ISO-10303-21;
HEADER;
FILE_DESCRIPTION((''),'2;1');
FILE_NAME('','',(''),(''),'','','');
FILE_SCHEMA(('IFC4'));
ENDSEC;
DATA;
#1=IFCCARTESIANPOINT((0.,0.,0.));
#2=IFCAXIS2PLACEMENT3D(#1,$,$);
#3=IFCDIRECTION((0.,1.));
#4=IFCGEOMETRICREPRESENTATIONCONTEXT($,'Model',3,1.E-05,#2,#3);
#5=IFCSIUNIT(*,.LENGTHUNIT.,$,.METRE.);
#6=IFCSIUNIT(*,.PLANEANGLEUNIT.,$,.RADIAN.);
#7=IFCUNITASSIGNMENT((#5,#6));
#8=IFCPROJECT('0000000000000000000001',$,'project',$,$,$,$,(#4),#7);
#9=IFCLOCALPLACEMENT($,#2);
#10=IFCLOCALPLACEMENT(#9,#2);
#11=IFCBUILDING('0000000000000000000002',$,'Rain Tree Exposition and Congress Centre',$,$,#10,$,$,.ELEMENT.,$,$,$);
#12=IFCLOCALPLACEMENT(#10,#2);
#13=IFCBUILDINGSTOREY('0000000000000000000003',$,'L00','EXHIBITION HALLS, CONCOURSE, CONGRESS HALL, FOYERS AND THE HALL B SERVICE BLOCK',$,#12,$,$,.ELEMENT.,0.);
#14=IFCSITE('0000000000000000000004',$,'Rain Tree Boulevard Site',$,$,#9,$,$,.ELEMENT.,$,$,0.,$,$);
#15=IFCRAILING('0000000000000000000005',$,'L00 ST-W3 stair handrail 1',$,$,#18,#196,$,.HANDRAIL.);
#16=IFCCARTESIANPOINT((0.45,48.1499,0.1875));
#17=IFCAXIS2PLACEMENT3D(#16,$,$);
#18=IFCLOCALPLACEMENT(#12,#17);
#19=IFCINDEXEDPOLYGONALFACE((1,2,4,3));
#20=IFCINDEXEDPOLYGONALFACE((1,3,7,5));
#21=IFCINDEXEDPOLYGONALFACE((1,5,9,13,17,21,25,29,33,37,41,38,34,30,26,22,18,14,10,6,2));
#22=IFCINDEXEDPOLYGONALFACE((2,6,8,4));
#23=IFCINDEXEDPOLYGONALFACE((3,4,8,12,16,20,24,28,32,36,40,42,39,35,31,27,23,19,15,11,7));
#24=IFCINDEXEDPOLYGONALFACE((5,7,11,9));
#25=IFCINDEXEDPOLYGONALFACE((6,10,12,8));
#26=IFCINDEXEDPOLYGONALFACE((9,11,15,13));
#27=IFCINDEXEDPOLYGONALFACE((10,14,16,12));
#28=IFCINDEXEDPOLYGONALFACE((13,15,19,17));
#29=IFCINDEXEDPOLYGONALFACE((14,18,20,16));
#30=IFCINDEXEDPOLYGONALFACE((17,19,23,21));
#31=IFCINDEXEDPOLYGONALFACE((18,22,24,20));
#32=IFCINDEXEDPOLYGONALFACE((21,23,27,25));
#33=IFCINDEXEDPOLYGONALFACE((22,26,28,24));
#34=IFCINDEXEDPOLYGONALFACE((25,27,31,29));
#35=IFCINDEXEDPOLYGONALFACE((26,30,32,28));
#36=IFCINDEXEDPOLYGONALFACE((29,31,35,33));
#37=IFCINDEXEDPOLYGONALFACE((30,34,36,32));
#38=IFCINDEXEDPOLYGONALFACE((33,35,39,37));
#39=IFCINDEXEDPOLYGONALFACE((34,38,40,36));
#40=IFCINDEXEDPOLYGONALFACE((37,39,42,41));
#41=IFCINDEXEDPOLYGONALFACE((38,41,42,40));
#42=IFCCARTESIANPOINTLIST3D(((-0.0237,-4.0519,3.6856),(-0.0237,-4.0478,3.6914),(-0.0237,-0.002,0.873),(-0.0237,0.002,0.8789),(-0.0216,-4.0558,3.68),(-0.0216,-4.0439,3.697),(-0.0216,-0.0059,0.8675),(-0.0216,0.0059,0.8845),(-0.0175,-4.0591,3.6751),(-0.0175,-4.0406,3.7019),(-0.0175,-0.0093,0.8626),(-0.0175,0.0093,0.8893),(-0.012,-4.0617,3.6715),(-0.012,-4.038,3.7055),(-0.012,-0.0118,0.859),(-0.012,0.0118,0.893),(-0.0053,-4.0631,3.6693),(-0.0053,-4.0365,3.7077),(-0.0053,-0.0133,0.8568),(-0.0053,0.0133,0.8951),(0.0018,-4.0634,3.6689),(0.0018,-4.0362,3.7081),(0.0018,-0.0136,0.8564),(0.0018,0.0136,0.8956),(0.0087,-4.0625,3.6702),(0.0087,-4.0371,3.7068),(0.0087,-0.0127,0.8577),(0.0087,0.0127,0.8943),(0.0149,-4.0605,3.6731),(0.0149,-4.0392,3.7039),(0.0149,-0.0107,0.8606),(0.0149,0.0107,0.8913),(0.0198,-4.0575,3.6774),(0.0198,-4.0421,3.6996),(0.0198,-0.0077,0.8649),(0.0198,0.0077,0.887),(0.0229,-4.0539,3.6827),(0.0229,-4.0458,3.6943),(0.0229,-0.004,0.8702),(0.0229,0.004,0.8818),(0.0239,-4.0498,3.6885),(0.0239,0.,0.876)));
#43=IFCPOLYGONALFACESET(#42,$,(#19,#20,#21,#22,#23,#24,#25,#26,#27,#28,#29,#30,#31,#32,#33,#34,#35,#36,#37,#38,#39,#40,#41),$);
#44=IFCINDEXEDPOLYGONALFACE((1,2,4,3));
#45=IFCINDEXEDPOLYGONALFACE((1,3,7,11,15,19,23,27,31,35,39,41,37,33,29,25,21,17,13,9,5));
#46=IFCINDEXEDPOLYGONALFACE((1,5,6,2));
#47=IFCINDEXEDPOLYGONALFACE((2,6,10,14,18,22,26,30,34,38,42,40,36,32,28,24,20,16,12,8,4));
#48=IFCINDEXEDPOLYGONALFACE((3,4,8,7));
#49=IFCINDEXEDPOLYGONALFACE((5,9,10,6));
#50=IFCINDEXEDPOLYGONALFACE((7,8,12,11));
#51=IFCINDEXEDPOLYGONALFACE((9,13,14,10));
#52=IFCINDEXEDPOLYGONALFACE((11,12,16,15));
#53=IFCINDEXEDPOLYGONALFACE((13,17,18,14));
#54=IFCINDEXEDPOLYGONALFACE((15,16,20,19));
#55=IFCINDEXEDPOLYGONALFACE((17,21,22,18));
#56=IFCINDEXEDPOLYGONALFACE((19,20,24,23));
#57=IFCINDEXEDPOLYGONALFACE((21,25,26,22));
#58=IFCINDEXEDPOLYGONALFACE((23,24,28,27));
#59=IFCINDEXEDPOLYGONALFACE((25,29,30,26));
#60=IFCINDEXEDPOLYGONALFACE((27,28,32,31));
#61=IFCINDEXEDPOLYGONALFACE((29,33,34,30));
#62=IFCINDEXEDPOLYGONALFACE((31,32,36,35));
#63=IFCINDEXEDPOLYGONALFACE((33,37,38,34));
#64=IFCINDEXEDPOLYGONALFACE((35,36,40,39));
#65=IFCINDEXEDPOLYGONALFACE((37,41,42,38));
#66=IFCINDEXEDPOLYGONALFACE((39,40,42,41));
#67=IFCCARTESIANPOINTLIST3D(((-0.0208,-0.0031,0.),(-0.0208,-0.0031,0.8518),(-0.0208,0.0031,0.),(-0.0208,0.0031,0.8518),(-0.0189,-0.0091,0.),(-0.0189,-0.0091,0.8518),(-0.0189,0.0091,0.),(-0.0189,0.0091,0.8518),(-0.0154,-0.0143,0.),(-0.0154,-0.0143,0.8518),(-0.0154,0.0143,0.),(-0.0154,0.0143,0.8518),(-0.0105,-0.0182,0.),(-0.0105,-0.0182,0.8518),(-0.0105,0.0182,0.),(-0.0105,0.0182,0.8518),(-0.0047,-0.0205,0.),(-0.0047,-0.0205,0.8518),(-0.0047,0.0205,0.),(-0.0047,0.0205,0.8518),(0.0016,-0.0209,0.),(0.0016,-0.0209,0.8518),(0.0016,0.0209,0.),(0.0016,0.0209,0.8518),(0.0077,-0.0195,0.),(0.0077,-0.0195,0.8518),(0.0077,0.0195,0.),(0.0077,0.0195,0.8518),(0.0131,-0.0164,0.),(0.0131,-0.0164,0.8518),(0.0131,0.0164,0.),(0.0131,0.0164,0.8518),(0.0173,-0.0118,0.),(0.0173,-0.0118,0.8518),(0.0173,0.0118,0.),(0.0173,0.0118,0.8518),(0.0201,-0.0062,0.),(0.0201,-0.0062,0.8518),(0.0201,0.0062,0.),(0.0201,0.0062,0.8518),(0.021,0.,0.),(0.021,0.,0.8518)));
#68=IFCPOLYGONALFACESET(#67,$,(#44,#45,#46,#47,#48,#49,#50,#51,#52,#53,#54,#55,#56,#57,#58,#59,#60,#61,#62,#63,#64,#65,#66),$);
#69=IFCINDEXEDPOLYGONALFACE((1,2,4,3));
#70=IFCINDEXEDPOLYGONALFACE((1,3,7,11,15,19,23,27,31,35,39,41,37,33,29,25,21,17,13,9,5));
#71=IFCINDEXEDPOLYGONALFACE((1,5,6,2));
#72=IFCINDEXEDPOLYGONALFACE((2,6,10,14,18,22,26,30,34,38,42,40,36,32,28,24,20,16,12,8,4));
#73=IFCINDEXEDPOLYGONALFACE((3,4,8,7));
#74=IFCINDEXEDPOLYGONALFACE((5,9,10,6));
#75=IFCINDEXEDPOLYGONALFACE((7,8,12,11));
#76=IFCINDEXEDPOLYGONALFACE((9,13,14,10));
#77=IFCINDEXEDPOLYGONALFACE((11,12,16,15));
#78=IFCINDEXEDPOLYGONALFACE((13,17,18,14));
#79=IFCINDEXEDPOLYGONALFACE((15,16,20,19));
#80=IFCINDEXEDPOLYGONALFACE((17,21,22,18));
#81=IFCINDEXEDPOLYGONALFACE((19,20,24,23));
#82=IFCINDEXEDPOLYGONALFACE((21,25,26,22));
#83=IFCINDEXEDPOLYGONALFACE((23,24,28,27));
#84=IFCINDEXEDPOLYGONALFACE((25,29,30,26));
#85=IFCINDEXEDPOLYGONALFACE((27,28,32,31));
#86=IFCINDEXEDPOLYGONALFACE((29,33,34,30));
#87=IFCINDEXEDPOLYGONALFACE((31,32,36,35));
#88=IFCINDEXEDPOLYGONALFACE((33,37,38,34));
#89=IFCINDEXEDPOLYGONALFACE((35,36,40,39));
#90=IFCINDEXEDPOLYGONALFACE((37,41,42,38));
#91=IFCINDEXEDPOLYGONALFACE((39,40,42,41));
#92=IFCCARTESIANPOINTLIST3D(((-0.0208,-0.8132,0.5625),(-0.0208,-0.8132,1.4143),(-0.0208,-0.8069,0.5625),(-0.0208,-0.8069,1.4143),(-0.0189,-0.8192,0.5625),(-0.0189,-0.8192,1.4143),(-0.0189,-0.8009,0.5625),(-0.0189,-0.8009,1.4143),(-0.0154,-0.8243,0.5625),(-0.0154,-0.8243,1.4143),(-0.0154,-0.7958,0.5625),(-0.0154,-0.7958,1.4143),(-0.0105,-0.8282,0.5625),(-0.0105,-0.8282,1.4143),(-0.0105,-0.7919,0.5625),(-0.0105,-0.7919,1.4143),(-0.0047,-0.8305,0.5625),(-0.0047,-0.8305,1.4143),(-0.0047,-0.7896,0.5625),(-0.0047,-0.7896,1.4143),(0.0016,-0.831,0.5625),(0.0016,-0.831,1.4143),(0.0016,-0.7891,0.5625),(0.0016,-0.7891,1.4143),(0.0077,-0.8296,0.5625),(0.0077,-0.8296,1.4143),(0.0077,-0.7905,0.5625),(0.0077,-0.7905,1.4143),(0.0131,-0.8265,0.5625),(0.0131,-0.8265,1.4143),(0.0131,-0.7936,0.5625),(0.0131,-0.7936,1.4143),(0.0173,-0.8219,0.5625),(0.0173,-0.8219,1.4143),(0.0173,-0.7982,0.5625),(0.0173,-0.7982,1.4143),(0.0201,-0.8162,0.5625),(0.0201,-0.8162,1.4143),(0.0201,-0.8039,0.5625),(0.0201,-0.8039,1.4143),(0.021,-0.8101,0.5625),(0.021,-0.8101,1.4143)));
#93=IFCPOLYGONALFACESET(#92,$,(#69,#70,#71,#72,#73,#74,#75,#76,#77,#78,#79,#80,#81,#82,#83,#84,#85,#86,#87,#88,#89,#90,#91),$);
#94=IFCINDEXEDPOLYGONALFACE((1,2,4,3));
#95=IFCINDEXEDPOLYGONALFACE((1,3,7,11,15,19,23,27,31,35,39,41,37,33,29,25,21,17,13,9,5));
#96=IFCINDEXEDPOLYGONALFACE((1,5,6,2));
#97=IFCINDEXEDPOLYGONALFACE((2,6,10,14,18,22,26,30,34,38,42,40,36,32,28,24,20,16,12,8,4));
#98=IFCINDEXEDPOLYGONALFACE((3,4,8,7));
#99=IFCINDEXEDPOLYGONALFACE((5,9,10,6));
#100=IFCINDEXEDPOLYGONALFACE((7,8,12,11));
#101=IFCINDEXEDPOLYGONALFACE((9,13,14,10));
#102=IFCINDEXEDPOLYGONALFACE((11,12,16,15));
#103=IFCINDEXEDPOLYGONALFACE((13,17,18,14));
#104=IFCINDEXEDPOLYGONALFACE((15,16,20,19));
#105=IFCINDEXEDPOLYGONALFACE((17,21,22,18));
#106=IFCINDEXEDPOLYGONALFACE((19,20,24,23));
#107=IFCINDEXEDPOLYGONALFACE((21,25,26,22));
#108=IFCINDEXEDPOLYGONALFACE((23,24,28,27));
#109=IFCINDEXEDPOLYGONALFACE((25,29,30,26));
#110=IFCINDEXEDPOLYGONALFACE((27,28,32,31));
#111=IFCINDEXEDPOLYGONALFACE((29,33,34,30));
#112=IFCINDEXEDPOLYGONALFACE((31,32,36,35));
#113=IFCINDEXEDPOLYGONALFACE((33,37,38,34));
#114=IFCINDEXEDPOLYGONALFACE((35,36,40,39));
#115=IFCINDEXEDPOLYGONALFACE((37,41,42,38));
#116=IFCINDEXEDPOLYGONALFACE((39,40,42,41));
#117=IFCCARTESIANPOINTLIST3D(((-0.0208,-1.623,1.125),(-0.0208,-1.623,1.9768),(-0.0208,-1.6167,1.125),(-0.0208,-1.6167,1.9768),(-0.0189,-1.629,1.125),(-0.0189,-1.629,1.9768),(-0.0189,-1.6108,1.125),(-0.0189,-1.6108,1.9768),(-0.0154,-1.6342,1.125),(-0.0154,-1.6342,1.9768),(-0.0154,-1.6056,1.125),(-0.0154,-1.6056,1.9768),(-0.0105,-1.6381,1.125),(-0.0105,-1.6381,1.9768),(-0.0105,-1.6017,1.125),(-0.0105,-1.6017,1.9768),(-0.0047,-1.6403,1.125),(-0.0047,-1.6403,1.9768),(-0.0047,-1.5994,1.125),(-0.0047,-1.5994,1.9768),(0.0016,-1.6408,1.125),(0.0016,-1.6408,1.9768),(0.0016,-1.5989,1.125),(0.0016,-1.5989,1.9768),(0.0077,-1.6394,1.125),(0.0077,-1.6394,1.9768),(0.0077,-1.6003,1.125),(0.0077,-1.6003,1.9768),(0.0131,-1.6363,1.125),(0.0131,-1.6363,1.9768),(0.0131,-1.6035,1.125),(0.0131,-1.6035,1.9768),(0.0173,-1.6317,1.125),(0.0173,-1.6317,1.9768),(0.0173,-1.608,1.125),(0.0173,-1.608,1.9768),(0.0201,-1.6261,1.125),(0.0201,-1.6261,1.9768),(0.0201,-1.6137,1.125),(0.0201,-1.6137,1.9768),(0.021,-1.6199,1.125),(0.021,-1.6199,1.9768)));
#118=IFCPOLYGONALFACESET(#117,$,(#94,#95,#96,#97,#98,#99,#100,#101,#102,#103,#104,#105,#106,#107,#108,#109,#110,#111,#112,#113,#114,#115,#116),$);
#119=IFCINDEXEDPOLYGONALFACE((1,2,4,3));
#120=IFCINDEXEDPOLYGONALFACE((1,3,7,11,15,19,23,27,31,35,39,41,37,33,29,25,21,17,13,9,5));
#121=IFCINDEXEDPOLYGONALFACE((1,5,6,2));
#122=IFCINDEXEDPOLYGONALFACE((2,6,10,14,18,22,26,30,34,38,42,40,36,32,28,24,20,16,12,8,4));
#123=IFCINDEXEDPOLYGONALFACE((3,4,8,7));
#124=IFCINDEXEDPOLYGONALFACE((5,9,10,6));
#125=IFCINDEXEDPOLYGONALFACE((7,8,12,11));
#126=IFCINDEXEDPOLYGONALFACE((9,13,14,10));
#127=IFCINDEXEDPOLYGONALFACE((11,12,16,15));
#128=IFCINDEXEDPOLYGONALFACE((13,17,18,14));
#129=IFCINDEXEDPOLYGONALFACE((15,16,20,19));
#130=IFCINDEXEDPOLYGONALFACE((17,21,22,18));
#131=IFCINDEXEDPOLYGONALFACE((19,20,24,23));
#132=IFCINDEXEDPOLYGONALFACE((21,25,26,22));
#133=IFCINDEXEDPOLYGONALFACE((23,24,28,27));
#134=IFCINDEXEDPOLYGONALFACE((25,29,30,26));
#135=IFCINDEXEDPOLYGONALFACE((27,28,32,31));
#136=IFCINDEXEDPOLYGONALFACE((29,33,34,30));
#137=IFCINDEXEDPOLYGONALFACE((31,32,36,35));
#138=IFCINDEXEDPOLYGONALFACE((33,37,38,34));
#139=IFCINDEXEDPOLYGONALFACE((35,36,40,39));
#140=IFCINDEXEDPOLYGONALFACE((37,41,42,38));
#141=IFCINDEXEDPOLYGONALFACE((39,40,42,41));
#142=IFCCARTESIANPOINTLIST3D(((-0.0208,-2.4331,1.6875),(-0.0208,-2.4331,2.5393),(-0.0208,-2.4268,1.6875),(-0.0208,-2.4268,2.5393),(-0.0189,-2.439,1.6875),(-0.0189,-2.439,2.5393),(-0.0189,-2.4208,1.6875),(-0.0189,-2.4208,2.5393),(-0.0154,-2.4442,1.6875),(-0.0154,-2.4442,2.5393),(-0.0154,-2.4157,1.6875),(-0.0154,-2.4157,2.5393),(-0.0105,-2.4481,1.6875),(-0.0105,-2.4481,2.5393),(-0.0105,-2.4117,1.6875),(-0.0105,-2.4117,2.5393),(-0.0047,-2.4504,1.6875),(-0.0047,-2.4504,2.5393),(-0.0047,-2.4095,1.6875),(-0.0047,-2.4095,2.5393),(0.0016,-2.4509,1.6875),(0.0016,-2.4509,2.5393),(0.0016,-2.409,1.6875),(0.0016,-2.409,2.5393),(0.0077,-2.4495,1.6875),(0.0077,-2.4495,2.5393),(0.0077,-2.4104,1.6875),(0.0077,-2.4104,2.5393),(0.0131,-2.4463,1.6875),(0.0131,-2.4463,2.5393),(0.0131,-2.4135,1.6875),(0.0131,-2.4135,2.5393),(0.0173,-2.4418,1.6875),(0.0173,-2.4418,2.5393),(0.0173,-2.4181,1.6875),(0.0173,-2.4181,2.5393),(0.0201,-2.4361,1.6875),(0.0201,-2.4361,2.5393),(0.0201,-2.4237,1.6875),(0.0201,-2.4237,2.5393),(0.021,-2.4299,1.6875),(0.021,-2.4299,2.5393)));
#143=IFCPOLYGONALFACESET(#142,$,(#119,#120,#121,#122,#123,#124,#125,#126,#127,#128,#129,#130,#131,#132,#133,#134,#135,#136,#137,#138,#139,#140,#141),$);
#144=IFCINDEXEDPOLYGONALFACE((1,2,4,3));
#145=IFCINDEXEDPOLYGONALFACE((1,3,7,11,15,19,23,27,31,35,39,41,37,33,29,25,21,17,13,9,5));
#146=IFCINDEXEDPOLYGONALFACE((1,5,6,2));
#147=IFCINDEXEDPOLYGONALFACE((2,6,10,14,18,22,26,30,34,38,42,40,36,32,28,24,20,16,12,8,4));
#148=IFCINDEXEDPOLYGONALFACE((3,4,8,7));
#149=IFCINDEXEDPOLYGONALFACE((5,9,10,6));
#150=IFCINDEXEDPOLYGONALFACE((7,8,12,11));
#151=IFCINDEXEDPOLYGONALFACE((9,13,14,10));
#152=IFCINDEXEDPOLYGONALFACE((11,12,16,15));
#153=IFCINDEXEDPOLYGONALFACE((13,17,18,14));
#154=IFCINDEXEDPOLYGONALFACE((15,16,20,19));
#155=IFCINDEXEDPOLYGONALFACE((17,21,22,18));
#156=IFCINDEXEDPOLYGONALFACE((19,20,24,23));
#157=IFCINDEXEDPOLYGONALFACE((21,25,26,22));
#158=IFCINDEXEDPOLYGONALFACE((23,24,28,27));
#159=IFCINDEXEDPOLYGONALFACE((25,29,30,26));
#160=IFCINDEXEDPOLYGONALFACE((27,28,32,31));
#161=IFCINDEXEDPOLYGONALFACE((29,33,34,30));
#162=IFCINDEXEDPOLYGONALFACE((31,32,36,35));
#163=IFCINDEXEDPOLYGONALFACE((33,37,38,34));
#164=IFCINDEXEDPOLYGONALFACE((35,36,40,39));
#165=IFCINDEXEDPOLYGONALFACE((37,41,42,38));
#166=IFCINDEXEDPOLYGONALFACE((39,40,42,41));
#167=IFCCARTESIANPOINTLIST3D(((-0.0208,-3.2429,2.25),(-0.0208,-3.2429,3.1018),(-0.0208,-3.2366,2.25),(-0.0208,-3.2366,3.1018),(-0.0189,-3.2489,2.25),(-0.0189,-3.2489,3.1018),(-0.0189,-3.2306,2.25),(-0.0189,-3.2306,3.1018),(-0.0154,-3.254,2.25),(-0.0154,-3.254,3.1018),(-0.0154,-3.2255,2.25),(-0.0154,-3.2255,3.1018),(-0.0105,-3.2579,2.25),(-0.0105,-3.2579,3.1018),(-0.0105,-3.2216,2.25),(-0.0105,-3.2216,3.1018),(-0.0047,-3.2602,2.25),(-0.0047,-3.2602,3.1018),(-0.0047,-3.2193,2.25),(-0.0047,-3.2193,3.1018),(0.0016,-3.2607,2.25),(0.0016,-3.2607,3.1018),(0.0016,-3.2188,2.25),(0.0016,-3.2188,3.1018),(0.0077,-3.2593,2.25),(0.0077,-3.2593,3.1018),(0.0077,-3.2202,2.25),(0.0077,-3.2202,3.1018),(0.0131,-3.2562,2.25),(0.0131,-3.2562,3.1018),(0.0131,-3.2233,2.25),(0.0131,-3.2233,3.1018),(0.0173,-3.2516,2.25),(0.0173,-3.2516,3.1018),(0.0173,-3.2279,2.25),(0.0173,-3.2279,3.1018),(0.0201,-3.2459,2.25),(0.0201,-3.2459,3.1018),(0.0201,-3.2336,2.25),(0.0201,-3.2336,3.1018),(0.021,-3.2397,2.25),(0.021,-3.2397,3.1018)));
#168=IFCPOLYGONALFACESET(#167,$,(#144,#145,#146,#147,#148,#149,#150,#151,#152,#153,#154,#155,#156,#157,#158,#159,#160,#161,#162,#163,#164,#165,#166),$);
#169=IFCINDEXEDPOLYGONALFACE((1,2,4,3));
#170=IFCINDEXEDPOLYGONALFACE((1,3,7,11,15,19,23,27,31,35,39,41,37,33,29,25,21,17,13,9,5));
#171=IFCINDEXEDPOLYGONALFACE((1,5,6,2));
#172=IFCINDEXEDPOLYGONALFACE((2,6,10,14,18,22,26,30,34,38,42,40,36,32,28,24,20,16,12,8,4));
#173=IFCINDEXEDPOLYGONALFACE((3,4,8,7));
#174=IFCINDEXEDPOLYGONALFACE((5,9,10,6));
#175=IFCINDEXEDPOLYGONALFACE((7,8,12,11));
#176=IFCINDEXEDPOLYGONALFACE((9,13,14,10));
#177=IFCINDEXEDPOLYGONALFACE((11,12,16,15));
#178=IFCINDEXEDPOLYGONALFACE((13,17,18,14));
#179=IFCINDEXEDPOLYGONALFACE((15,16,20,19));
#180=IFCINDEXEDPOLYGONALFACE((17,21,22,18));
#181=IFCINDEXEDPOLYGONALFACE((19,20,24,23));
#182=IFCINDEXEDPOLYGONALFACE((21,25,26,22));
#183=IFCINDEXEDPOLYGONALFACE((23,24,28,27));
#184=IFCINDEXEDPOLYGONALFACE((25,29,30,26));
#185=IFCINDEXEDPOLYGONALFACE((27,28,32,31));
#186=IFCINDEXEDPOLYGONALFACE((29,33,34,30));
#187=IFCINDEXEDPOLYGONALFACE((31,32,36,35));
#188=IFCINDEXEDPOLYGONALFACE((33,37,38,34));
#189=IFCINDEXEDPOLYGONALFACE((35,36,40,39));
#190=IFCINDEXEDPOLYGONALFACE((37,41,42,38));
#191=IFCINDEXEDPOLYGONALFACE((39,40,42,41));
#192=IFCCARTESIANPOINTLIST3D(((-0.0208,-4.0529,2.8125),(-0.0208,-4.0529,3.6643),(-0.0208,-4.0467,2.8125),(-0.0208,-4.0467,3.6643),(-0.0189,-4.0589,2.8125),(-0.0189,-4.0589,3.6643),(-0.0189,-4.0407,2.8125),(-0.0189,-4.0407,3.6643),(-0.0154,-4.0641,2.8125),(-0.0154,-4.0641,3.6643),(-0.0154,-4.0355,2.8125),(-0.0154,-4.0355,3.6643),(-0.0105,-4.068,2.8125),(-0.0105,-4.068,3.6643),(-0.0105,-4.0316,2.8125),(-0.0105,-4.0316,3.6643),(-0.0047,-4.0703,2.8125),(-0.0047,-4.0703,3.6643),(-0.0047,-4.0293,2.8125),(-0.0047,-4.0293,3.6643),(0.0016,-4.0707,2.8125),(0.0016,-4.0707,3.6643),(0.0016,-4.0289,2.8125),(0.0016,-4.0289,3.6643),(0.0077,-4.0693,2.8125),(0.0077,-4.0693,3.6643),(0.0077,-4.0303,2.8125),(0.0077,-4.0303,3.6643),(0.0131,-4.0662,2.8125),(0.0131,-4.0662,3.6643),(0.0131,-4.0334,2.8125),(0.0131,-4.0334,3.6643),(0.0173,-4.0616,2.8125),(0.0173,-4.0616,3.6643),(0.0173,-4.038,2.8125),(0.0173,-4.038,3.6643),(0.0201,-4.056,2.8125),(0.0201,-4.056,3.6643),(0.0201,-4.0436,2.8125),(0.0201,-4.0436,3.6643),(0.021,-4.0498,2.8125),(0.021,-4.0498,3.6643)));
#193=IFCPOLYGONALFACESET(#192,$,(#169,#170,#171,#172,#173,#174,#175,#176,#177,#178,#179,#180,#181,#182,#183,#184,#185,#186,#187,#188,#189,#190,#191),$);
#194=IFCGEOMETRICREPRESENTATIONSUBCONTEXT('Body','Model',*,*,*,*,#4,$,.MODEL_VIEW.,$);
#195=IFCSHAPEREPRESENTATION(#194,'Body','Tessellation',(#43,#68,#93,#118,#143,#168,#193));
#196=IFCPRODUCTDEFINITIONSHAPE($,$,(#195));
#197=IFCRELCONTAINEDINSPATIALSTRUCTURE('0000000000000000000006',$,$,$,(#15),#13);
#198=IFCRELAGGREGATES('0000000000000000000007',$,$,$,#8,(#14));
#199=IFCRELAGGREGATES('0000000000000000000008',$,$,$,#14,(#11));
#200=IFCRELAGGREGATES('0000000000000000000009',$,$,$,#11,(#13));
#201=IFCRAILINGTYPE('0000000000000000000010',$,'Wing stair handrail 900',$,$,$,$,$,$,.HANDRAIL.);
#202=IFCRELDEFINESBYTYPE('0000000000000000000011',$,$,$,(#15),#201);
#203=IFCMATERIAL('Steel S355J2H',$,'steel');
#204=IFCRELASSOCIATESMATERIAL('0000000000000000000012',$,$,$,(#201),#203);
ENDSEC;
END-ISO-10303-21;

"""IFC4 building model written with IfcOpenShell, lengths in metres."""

from ifc_helpers import new_model, si_unit, direction, frame, origin, origin_2d, place, context, subcontext, project, spatial, circle, extrude, material, type_object, element, save


model = new_model("IFC4")

# Units and contexts
model_context = context("Model", 3, precision=1e-05, world=origin(), true_north=direction((0.0, 1.0)))
body_context = subcontext(model_context, "Body", "Model", "MODEL_VIEW")
ifc_project = project(units=[si_unit("LENGTHUNIT", "METRE"), si_unit("PLANEANGLEUNIT", "RADIAN")], contexts=[model_context])

# Site, building, storey
site_placement = place(None, origin())
site = spatial("IfcSite", under=ifc_project, at=site_placement, Name="Rain Tree Boulevard Site", CompositionType="ELEMENT", RefElevation=0.0)
building_placement = place(site_placement, origin())
building = spatial("IfcBuilding", under=site, at=building_placement, Name="Rain Tree Exposition and Congress Centre", CompositionType="ELEMENT")
storey_placement = place(building_placement, origin())
storey = spatial("IfcBuildingStorey", under=building, at=storey_placement, Name="L00", Description="EXHIBITION HALLS, CONCOURSE, CONGRESS HALL, FOYERS AND THE HALL B SERVICE BLOCK", CompositionType="ELEMENT", Elevation=0.0)

# Railing
ifc_material_1 = material(Name="Steel S355J2H", Category="steel")
railing_type_1 = type_object("IfcRailingType", Name="Wing stair handrail 900", PredefinedType="HANDRAIL", material=ifc_material_1)
railing_1_placement = place(storey_placement, frame((0.45, 48.1499, 0.1875)))
element("IfcRailing", 1, at=railing_1_placement, inside=storey, type_object=railing_type_1, Name="L00 ST-W3 stair handrail 1", PredefinedType="HANDRAIL", context=body_context, shape_type="SweptSolid", body=[
    extrude(circle(Radius=0.0239, at=origin_2d()), frame((0.0, 0.0, 0.876), z_axis=(0.0, -0.821357, 0.570414), x_axis=(1.0, 0.0, 0.0)), (0.0, 0.0, 1.0), 4.9307),
    extrude(circle(Radius=0.021, at=origin_2d()), origin(), (0.0, 0.0, 1.0), 0.8518),
    extrude(circle(Radius=0.021, at=origin_2d()), frame((0.0, -0.8101, 0.5625)), (0.0, 0.0, 1.0), 0.8518),
    extrude(circle(Radius=0.021, at=origin_2d()), frame((0.0, -1.6199, 1.125)), (0.0, 0.0, 1.0), 0.8518),
    extrude(circle(Radius=0.021, at=origin_2d()), frame((0.0, -2.4299, 1.6875)), (0.0, 0.0, 1.0), 0.8518),
    extrude(circle(Radius=0.021, at=origin_2d()), frame((0.0, -3.2397, 2.25)), (0.0, 0.0, 1.0), 0.8518),
    extrude(circle(Radius=0.021, at=origin_2d()), frame((0.0, -4.0498, 2.8125)), (0.0, 0.0, 1.0), 0.8518),
])

save(model, "model.ifc")
